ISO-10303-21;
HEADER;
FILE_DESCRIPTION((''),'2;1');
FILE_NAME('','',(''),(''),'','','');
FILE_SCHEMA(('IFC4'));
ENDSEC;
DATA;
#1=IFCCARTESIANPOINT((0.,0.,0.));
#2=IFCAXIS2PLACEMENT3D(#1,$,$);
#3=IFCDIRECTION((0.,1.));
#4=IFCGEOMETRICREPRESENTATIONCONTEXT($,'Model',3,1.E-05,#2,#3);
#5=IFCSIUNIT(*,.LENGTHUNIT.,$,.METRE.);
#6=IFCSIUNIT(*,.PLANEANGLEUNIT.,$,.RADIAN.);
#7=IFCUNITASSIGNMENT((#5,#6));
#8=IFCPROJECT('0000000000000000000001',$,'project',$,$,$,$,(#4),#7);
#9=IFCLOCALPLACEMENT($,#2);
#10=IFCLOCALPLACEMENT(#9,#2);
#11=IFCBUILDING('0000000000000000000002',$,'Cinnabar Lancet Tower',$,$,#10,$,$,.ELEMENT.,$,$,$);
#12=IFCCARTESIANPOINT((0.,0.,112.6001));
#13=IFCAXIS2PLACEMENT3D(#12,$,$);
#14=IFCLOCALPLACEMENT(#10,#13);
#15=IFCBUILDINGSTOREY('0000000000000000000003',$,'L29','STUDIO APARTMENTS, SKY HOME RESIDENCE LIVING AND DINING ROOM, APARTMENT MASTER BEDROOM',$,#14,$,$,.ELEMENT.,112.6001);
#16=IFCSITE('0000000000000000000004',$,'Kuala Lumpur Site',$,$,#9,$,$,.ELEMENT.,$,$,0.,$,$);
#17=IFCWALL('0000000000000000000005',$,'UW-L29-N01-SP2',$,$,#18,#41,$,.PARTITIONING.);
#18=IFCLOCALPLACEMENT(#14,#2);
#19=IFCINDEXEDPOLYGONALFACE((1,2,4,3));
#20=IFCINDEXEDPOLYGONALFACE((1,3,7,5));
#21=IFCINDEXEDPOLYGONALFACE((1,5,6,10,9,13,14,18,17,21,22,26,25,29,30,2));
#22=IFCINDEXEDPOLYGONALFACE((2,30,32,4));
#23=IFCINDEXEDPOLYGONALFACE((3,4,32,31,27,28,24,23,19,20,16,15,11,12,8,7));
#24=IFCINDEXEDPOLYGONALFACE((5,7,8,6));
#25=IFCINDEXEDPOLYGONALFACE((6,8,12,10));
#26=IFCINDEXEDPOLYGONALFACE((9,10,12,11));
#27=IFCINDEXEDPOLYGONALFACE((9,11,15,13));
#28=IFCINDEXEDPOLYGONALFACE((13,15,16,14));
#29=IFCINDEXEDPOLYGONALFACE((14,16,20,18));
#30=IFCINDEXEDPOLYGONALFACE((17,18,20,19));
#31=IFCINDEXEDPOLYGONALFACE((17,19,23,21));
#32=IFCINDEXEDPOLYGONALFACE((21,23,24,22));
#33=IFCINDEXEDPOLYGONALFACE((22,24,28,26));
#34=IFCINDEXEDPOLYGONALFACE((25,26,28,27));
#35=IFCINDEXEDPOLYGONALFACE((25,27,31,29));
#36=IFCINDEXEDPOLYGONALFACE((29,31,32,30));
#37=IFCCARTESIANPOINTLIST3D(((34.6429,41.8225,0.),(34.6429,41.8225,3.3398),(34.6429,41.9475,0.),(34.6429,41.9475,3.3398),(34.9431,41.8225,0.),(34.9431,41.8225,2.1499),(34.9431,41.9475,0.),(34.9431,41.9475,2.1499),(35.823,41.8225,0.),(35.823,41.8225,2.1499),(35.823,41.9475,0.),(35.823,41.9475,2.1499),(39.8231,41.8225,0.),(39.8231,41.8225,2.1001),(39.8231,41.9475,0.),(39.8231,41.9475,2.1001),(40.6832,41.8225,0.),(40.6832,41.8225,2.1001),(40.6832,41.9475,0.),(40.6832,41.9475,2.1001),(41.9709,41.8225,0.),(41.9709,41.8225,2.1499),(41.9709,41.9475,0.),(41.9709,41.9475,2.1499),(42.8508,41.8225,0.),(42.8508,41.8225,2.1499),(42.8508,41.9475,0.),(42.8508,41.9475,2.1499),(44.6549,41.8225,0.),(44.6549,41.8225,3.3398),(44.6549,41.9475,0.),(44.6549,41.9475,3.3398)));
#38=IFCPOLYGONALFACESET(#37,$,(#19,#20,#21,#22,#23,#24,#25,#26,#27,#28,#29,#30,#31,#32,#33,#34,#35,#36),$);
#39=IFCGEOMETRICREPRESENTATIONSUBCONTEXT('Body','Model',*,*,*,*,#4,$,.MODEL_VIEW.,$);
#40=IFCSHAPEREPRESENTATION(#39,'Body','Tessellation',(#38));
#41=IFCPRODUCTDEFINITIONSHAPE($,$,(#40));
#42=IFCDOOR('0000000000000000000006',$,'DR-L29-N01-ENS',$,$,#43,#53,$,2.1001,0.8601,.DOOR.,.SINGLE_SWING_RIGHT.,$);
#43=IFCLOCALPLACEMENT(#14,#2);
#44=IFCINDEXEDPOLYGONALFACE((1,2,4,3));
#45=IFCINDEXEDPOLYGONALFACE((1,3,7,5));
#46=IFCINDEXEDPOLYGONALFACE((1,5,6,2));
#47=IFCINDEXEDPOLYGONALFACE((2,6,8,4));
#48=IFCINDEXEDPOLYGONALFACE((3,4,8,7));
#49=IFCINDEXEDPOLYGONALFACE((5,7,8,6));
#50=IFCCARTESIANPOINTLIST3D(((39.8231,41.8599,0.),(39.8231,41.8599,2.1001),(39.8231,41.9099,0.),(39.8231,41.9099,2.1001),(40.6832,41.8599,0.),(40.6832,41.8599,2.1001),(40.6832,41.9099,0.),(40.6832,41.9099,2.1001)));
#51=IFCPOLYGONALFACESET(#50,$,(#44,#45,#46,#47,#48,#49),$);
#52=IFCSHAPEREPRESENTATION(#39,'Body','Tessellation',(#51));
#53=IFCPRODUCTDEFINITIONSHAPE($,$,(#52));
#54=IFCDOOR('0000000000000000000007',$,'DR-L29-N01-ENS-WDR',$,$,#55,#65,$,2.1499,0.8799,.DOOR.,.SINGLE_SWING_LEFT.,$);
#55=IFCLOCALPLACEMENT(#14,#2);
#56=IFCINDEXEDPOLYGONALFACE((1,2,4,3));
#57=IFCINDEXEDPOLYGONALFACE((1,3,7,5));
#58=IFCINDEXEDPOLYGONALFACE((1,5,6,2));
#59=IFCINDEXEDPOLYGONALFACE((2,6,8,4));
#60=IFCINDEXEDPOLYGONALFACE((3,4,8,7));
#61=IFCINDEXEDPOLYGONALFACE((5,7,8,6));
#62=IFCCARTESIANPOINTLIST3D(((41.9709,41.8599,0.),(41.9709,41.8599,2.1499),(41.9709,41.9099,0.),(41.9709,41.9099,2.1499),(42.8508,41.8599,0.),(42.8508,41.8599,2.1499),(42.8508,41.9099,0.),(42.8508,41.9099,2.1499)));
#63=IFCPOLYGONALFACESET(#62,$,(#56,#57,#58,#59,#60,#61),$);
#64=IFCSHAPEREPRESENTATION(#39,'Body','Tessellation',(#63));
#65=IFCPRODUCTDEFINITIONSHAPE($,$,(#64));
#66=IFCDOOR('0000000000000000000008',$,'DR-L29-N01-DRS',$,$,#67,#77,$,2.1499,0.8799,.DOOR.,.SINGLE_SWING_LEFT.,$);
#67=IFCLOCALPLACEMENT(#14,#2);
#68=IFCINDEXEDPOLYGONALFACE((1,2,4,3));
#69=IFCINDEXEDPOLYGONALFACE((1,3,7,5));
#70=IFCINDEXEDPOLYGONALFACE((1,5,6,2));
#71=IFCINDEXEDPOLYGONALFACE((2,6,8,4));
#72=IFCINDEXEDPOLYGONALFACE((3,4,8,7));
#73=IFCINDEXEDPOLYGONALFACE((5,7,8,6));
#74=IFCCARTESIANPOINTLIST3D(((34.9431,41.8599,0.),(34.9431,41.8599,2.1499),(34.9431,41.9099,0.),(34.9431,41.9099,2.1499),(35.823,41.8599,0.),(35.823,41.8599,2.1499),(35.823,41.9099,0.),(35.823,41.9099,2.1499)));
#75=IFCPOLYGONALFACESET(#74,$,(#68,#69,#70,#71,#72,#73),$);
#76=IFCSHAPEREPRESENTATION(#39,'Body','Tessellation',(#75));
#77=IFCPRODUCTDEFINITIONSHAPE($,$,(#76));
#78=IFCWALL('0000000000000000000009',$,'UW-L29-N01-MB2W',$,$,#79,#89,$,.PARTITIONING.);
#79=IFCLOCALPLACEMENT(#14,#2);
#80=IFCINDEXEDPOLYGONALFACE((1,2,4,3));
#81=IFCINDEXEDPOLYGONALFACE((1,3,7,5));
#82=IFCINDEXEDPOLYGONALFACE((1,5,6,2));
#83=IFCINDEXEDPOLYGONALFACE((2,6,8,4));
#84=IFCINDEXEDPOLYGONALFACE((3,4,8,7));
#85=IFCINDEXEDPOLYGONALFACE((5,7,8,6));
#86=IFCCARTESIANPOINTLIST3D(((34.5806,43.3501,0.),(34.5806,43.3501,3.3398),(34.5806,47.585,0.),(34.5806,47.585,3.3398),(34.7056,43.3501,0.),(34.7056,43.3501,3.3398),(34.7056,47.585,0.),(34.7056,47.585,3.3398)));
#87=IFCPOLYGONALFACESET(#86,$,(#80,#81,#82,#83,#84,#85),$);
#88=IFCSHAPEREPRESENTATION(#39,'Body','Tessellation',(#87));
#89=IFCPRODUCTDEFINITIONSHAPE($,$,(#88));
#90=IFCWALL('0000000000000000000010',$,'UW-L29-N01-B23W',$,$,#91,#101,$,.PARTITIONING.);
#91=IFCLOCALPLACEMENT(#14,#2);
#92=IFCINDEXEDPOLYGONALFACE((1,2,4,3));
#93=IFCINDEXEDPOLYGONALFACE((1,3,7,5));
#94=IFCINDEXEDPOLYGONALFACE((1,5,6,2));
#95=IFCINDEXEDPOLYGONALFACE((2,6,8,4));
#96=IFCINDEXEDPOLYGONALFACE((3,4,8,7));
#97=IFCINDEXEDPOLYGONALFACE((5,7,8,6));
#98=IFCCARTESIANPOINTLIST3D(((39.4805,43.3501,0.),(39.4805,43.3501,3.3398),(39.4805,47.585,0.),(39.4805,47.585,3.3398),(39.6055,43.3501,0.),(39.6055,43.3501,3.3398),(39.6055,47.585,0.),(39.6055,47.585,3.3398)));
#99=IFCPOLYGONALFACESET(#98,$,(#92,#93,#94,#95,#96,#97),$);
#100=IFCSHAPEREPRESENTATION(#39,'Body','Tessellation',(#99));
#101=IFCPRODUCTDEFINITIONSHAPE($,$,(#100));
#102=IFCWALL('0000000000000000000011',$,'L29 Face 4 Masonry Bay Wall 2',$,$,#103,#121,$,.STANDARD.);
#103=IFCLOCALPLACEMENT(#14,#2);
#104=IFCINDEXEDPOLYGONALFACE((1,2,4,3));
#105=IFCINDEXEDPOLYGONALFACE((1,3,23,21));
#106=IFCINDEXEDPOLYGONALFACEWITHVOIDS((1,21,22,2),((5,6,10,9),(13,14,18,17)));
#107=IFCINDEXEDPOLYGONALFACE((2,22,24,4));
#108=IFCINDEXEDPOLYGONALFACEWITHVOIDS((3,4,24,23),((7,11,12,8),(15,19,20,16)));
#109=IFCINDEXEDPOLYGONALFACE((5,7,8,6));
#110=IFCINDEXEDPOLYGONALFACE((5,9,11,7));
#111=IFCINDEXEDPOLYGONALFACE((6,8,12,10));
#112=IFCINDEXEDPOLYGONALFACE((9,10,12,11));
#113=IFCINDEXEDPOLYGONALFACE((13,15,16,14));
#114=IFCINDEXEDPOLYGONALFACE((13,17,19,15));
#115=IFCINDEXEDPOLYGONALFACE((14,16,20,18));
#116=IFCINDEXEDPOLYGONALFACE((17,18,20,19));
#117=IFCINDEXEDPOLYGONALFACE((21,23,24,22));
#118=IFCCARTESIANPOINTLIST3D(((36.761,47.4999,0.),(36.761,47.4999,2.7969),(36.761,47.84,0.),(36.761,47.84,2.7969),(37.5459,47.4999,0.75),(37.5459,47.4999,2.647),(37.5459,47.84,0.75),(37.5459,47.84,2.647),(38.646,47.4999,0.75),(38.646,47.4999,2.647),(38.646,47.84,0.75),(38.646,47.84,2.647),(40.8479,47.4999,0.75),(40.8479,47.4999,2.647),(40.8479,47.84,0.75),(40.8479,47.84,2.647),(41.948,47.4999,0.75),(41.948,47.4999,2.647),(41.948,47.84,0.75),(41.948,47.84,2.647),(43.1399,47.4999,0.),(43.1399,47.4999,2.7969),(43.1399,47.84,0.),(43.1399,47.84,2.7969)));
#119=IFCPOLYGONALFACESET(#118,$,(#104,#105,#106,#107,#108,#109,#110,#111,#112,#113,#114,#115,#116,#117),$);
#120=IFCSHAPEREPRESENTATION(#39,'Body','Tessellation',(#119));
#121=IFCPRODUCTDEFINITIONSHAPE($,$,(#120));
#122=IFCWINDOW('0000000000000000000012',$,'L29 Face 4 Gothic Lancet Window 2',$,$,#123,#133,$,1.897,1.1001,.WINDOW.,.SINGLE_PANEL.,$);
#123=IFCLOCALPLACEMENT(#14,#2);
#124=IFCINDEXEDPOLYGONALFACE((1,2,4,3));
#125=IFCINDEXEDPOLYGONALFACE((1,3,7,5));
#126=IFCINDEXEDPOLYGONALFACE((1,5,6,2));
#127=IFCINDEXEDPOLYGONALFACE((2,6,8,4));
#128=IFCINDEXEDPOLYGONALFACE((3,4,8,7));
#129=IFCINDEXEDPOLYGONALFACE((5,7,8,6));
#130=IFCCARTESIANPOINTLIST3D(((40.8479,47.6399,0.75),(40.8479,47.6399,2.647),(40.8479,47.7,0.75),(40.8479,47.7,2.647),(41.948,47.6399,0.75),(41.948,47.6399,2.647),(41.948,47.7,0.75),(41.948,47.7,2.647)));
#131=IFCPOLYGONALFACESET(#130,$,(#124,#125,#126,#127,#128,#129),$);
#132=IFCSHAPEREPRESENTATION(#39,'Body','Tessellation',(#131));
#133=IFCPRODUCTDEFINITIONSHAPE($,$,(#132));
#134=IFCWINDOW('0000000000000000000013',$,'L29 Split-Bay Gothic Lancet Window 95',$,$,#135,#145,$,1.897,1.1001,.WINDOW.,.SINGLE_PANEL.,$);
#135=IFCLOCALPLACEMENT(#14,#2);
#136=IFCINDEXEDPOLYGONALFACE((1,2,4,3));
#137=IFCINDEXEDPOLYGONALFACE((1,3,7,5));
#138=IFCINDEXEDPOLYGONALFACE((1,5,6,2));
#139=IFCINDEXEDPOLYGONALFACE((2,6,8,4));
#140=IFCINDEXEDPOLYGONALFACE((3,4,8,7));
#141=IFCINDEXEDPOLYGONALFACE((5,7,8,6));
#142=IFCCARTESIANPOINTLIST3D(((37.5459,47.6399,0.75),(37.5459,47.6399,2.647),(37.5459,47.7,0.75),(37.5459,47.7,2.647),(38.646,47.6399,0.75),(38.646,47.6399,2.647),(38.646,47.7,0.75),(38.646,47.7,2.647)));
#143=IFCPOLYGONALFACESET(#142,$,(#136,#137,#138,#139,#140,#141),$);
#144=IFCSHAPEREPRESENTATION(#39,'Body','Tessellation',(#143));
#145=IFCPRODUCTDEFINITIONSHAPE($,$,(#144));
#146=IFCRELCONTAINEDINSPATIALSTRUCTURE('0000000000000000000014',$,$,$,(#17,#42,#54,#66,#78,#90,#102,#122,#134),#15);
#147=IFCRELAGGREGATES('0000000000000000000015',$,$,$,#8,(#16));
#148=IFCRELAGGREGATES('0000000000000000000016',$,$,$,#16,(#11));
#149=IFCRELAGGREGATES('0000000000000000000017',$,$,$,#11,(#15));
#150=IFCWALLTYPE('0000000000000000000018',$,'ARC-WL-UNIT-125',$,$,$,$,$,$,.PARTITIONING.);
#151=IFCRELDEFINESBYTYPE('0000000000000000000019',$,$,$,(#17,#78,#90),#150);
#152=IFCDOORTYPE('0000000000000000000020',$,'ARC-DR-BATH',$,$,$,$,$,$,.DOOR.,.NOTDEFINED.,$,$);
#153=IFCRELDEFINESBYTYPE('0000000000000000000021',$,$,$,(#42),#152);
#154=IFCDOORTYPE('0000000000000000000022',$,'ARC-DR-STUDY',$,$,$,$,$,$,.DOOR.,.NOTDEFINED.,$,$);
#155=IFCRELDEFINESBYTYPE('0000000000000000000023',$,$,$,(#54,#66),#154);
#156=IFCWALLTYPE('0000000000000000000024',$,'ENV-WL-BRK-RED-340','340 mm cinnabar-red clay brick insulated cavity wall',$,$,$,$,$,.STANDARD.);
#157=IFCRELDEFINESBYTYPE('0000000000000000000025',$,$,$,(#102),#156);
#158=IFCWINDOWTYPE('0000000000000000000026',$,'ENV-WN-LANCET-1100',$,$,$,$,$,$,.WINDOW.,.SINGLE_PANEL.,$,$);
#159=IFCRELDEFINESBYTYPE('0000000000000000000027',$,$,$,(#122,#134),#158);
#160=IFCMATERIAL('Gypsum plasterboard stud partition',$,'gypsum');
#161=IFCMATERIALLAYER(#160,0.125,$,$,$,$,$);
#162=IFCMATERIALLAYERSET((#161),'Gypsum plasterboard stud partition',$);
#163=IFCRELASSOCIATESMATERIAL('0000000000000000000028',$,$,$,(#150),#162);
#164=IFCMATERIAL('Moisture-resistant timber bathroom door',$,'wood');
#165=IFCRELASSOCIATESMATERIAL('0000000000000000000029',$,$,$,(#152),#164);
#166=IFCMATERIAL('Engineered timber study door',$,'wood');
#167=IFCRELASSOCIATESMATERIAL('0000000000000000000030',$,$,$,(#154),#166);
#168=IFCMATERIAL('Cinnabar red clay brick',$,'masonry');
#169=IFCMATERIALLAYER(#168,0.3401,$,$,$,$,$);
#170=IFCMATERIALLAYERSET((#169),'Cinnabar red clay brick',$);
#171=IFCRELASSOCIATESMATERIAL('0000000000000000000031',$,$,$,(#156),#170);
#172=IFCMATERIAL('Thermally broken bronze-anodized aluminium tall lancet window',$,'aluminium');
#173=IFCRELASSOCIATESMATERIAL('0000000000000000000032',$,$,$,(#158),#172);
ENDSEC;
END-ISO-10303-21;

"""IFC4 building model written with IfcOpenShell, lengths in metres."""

from ifc_helpers import new_model, si_unit, direction, frame, frame_2d, origin, place, context, subcontext, project, spatial, rectangle, extrude, material, layer, layer_set, type_object, element, fill, save


model = new_model("IFC4")

# Units and contexts
model_context = context("Model", 3, precision=1e-05, world=origin(), true_north=direction((0.0, 1.0)))
body_context = subcontext(model_context, "Body", "Model", "MODEL_VIEW")
ifc_project = project(units=[si_unit("LENGTHUNIT", "METRE"), si_unit("PLANEANGLEUNIT", "RADIAN")], contexts=[model_context])

# Site, building, storey
site_placement = place(None, origin())
site = spatial("IfcSite", under=ifc_project, at=site_placement, Name="Kuala Lumpur Site", CompositionType="ELEMENT", RefElevation=0.0)
building_placement = place(site_placement, origin())
building = spatial("IfcBuilding", under=site, at=building_placement, Name="Cinnabar Lancet Tower", CompositionType="ELEMENT")
storey_placement = place(building_placement, frame((0.0, 0.0, 112.6001)))
storey = spatial("IfcBuildingStorey", under=building, at=storey_placement, Name="L29", Description="STUDIO APARTMENTS, SKY HOME RESIDENCE LIVING AND DINING ROOM, APARTMENT MASTER BEDROOM", CompositionType="ELEMENT", Elevation=112.6001)

# Wall, openings, doors
ifc_material_1 = material(Name="Gypsum plasterboard stud partition", Category="gypsum")
ifc_layer_1 = layer(ifc_material_1, 0.125)
ifc_layer_set_1 = layer_set([ifc_layer_1], Name="Gypsum plasterboard stud partition")
wall_type_1 = type_object("IfcWallType", Name="ARC-WL-UNIT-125", PredefinedType="PARTITIONING", material=ifc_layer_set_1)
wall_1_placement = place(storey_placement, frame((34.6431, 41.885, 0.0), z_axis=(0.0, 0.0, 1.0), x_axis=(1.0, 0.0, 0.0)))
wall_1 = element("IfcWall", 1, at=wall_1_placement, inside=storey, type_object=wall_type_1, Name="UW-L29-N01-SP2", PredefinedType="PARTITIONING", context=body_context, shape_type="SweptSolid", body=[
    extrude(rectangle(XDim=10.012, YDim=0.125, at=frame_2d((5.0059, 0.0))), origin(), (0.0, 0.0, 1.0), 3.3398),
])
opening_1_placement = place(wall_1_placement, frame((5.1799, 0.0, 0.0)))
opening_1 = element("IfcOpeningElement", 2, at=opening_1_placement, cuts=wall_1, PredefinedType="OPENING", context=body_context, shape_type="SweptSolid", body=[
    extrude(rectangle(XDim=0.8601, YDim=2.1001, at=frame_2d((0.4302, 1.05))), frame((0.0, 0.0725, 0.0), z_axis=(0.0, -1.0, 0.0), x_axis=(1.0, 0.0, 0.0)), (0.0, 0.0, 1.0), 0.145),
])
opening_2_placement = place(wall_1_placement, frame((7.3279, 0.0, 0.0)))
opening_2 = element("IfcOpeningElement", 3, at=opening_2_placement, cuts=wall_1, PredefinedType="OPENING", context=body_context, shape_type="SweptSolid", body=[
    extrude(rectangle(XDim=0.8799, YDim=2.1499, at=frame_2d((0.4399, 1.075))), frame((0.0, 0.0725, 0.0), z_axis=(0.0, -1.0, 0.0), x_axis=(1.0, 0.0, 0.0)), (0.0, 0.0, 1.0), 0.145),
])
opening_3_placement = place(wall_1_placement, frame((0.3, 0.0, 0.0)))
opening_3 = element("IfcOpeningElement", 4, at=opening_3_placement, cuts=wall_1, PredefinedType="OPENING", context=body_context, shape_type="SweptSolid", body=[
    extrude(rectangle(XDim=0.8799, YDim=2.1499, at=frame_2d((0.4399, 1.075))), frame((0.0, 0.0725, 0.0), z_axis=(0.0, -1.0, 0.0), x_axis=(1.0, 0.0, 0.0)), (0.0, 0.0, 1.0), 0.145),
])
ifc_material_2 = material(Name="Moisture-resistant timber bathroom door", Category="wood")
door_type_1 = type_object("IfcDoorType", Name="ARC-DR-BATH", OperationType="NOTDEFINED", PredefinedType="DOOR", material=ifc_material_2)
door_1_placement = place(opening_1_placement, origin())
door_1 = element("IfcDoor", 5, at=door_1_placement, inside=storey, type_object=door_type_1, Name="DR-L29-N01-ENS", OperationType="SINGLE_SWING_RIGHT", OverallHeight=2.1001, OverallWidth=0.8601, PredefinedType="DOOR", context=body_context, shape_type="SweptSolid", body=[
    extrude(rectangle(XDim=0.8601, YDim=2.1001, at=frame_2d((0.4302, 1.05))), frame((0.0, 0.0249, 0.0), z_axis=(0.0, -1.0, 0.0), x_axis=(1.0, 0.0, 0.0)), (0.0, 0.0, 1.0), 0.05),
])
fill(opening_1, door_1)
ifc_material_3 = material(Name="Engineered timber study door", Category="wood")
door_type_2 = type_object("IfcDoorType", Name="ARC-DR-STUDY", OperationType="NOTDEFINED", PredefinedType="DOOR", material=ifc_material_3)
door_2_placement = place(opening_2_placement, origin())
door_2 = element("IfcDoor", 6, at=door_2_placement, inside=storey, type_object=door_type_2, Name="DR-L29-N01-ENS-WDR", OperationType="SINGLE_SWING_LEFT", OverallHeight=2.1499, OverallWidth=0.8799, PredefinedType="DOOR", context=body_context, shape_type="SweptSolid", body=[
    extrude(rectangle(XDim=0.8799, YDim=2.1499, at=frame_2d((0.4399, 1.075))), frame((0.0, 0.0249, 0.0), z_axis=(0.0, -1.0, 0.0), x_axis=(1.0, 0.0, 0.0)), (0.0, 0.0, 1.0), 0.05),
])
fill(opening_2, door_2)
door_3_placement = place(opening_3_placement, origin())
door_3 = element("IfcDoor", 7, at=door_3_placement, inside=storey, type_object=door_type_2, Name="DR-L29-N01-DRS", OperationType="SINGLE_SWING_LEFT", OverallHeight=2.1499, OverallWidth=0.8799, PredefinedType="DOOR", context=body_context, shape_type="SweptSolid", body=[
    extrude(rectangle(XDim=0.8799, YDim=2.1499, at=frame_2d((0.4399, 1.075))), frame((0.0, 0.0249, 0.0), z_axis=(0.0, -1.0, 0.0), x_axis=(1.0, 0.0, 0.0)), (0.0, 0.0, 1.0), 0.05),
])
fill(opening_3, door_3)

# Walls
for number, where, z_axis, x_axis, name in (
    (8, (34.6431, 43.3501, 0.0), (0.0, 0.0, 1.0), (0.0, 1.0, 0.0), "UW-L29-N01-MB2W"),
    (9, (39.543, 43.3501, 0.0), (0.0, 0.0, 1.0), (0.0, 1.0, 0.0), "UW-L29-N01-B23W"),
):
    element("IfcWall", number, at=place(storey_placement, frame(where, z_axis=z_axis, x_axis=x_axis)), inside=storey, type_object=wall_type_1, Name=name, PredefinedType="PARTITIONING", context=body_context, shape_type="SweptSolid", body=[
        extrude(rectangle(XDim=4.2349, YDim=0.125, at=frame_2d((2.1174, 0.0))), origin(), (0.0, 0.0, 1.0), 3.3398),
    ])

# Wall, openings, windows
ifc_material_4 = material(Name="Cinnabar red clay brick", Category="masonry")
ifc_layer_2 = layer(ifc_material_4, 0.3401)
ifc_layer_set_2 = layer_set([ifc_layer_2], Name="Cinnabar red clay brick")
wall_type_2 = type_object("IfcWallType", Name="ENV-WL-BRK-RED-340", Description="340 mm cinnabar-red clay brick insulated cavity wall", PredefinedType="STANDARD", material=ifc_layer_set_2)
wall_2_placement = place(storey_placement, frame((43.1399, 47.6699, 0.0), z_axis=(0.0, 0.0, 1.0), x_axis=(-1.0, 0.0, 0.0)))
wall_2 = element("IfcWall", 10, at=wall_2_placement, inside=storey, type_object=wall_type_2, Name="L29 Face 4 Masonry Bay Wall 2", PredefinedType="STANDARD", context=body_context, shape_type="SweptSolid", body=[
    extrude(rectangle(XDim=6.3789, YDim=0.3401, at=frame_2d((3.1895, 0.0))), origin(), (0.0, 0.0, 1.0), 2.7969),
])
opening_4_placement = place(wall_2_placement, frame((1.1919, 0.0, 0.75)))
opening_4 = element("IfcOpeningElement", 11, at=opening_4_placement, cuts=wall_2, PredefinedType="OPENING", context=body_context, shape_type="SweptSolid", body=[
    extrude(rectangle(XDim=1.1001, YDim=1.897, at=frame_2d((0.55, 0.9485))), frame((0.0, 0.1799, 0.0), z_axis=(0.0, -1.0, 0.0), x_axis=(1.0, 0.0, 0.0)), (0.0, 0.0, 1.0), 0.3601),
])
opening_5_placement = place(wall_2_placement, frame((4.4939, 0.0, 0.75)))
opening_5 = element("IfcOpeningElement", 12, at=opening_5_placement, cuts=wall_2, PredefinedType="OPENING", context=body_context, shape_type="SweptSolid", body=[
    extrude(rectangle(XDim=1.1001, YDim=1.897, at=frame_2d((0.55, 0.9485))), frame((0.0, 0.1799, 0.0), z_axis=(0.0, -1.0, 0.0), x_axis=(1.0, 0.0, 0.0)), (0.0, 0.0, 1.0), 0.3601),
])
ifc_material_5 = material(Name="Thermally broken bronze-anodized aluminium tall lancet window", Category="aluminium")
window_type = type_object("IfcWindowType", Name="ENV-WN-LANCET-1100", PartitioningType="SINGLE_PANEL", PredefinedType="WINDOW", material=ifc_material_5)
window_1_placement = place(opening_4_placement, origin())
window_1 = element("IfcWindow", 13, at=window_1_placement, inside=storey, type_object=window_type, Name="L29 Face 4 Gothic Lancet Window 2", OverallHeight=1.897, OverallWidth=1.1001, PartitioningType="SINGLE_PANEL", PredefinedType="WINDOW", context=body_context, shape_type="SweptSolid", body=[
    extrude(rectangle(XDim=1.1001, YDim=1.897, at=frame_2d((0.55, 0.9485))), frame((0.0, 0.03, 0.0), z_axis=(0.0, -1.0, 0.0), x_axis=(1.0, 0.0, 0.0)), (0.0, 0.0, 1.0), 0.0601),
])
fill(opening_4, window_1)
window_2_placement = place(opening_5_placement, origin())
window_2 = element("IfcWindow", 14, at=window_2_placement, inside=storey, type_object=window_type, Name="L29 Split-Bay Gothic Lancet Window 95", OverallHeight=1.897, OverallWidth=1.1001, PartitioningType="SINGLE_PANEL", PredefinedType="WINDOW", context=body_context, shape_type="SweptSolid", body=[
    extrude(rectangle(XDim=1.1001, YDim=1.897, at=frame_2d((0.55, 0.9485))), frame((0.0, 0.03, 0.0), z_axis=(0.0, -1.0, 0.0), x_axis=(1.0, 0.0, 0.0)), (0.0, 0.0, 1.0), 0.0601),
])
fill(opening_5, window_2)

save(model, "model.ifc")
